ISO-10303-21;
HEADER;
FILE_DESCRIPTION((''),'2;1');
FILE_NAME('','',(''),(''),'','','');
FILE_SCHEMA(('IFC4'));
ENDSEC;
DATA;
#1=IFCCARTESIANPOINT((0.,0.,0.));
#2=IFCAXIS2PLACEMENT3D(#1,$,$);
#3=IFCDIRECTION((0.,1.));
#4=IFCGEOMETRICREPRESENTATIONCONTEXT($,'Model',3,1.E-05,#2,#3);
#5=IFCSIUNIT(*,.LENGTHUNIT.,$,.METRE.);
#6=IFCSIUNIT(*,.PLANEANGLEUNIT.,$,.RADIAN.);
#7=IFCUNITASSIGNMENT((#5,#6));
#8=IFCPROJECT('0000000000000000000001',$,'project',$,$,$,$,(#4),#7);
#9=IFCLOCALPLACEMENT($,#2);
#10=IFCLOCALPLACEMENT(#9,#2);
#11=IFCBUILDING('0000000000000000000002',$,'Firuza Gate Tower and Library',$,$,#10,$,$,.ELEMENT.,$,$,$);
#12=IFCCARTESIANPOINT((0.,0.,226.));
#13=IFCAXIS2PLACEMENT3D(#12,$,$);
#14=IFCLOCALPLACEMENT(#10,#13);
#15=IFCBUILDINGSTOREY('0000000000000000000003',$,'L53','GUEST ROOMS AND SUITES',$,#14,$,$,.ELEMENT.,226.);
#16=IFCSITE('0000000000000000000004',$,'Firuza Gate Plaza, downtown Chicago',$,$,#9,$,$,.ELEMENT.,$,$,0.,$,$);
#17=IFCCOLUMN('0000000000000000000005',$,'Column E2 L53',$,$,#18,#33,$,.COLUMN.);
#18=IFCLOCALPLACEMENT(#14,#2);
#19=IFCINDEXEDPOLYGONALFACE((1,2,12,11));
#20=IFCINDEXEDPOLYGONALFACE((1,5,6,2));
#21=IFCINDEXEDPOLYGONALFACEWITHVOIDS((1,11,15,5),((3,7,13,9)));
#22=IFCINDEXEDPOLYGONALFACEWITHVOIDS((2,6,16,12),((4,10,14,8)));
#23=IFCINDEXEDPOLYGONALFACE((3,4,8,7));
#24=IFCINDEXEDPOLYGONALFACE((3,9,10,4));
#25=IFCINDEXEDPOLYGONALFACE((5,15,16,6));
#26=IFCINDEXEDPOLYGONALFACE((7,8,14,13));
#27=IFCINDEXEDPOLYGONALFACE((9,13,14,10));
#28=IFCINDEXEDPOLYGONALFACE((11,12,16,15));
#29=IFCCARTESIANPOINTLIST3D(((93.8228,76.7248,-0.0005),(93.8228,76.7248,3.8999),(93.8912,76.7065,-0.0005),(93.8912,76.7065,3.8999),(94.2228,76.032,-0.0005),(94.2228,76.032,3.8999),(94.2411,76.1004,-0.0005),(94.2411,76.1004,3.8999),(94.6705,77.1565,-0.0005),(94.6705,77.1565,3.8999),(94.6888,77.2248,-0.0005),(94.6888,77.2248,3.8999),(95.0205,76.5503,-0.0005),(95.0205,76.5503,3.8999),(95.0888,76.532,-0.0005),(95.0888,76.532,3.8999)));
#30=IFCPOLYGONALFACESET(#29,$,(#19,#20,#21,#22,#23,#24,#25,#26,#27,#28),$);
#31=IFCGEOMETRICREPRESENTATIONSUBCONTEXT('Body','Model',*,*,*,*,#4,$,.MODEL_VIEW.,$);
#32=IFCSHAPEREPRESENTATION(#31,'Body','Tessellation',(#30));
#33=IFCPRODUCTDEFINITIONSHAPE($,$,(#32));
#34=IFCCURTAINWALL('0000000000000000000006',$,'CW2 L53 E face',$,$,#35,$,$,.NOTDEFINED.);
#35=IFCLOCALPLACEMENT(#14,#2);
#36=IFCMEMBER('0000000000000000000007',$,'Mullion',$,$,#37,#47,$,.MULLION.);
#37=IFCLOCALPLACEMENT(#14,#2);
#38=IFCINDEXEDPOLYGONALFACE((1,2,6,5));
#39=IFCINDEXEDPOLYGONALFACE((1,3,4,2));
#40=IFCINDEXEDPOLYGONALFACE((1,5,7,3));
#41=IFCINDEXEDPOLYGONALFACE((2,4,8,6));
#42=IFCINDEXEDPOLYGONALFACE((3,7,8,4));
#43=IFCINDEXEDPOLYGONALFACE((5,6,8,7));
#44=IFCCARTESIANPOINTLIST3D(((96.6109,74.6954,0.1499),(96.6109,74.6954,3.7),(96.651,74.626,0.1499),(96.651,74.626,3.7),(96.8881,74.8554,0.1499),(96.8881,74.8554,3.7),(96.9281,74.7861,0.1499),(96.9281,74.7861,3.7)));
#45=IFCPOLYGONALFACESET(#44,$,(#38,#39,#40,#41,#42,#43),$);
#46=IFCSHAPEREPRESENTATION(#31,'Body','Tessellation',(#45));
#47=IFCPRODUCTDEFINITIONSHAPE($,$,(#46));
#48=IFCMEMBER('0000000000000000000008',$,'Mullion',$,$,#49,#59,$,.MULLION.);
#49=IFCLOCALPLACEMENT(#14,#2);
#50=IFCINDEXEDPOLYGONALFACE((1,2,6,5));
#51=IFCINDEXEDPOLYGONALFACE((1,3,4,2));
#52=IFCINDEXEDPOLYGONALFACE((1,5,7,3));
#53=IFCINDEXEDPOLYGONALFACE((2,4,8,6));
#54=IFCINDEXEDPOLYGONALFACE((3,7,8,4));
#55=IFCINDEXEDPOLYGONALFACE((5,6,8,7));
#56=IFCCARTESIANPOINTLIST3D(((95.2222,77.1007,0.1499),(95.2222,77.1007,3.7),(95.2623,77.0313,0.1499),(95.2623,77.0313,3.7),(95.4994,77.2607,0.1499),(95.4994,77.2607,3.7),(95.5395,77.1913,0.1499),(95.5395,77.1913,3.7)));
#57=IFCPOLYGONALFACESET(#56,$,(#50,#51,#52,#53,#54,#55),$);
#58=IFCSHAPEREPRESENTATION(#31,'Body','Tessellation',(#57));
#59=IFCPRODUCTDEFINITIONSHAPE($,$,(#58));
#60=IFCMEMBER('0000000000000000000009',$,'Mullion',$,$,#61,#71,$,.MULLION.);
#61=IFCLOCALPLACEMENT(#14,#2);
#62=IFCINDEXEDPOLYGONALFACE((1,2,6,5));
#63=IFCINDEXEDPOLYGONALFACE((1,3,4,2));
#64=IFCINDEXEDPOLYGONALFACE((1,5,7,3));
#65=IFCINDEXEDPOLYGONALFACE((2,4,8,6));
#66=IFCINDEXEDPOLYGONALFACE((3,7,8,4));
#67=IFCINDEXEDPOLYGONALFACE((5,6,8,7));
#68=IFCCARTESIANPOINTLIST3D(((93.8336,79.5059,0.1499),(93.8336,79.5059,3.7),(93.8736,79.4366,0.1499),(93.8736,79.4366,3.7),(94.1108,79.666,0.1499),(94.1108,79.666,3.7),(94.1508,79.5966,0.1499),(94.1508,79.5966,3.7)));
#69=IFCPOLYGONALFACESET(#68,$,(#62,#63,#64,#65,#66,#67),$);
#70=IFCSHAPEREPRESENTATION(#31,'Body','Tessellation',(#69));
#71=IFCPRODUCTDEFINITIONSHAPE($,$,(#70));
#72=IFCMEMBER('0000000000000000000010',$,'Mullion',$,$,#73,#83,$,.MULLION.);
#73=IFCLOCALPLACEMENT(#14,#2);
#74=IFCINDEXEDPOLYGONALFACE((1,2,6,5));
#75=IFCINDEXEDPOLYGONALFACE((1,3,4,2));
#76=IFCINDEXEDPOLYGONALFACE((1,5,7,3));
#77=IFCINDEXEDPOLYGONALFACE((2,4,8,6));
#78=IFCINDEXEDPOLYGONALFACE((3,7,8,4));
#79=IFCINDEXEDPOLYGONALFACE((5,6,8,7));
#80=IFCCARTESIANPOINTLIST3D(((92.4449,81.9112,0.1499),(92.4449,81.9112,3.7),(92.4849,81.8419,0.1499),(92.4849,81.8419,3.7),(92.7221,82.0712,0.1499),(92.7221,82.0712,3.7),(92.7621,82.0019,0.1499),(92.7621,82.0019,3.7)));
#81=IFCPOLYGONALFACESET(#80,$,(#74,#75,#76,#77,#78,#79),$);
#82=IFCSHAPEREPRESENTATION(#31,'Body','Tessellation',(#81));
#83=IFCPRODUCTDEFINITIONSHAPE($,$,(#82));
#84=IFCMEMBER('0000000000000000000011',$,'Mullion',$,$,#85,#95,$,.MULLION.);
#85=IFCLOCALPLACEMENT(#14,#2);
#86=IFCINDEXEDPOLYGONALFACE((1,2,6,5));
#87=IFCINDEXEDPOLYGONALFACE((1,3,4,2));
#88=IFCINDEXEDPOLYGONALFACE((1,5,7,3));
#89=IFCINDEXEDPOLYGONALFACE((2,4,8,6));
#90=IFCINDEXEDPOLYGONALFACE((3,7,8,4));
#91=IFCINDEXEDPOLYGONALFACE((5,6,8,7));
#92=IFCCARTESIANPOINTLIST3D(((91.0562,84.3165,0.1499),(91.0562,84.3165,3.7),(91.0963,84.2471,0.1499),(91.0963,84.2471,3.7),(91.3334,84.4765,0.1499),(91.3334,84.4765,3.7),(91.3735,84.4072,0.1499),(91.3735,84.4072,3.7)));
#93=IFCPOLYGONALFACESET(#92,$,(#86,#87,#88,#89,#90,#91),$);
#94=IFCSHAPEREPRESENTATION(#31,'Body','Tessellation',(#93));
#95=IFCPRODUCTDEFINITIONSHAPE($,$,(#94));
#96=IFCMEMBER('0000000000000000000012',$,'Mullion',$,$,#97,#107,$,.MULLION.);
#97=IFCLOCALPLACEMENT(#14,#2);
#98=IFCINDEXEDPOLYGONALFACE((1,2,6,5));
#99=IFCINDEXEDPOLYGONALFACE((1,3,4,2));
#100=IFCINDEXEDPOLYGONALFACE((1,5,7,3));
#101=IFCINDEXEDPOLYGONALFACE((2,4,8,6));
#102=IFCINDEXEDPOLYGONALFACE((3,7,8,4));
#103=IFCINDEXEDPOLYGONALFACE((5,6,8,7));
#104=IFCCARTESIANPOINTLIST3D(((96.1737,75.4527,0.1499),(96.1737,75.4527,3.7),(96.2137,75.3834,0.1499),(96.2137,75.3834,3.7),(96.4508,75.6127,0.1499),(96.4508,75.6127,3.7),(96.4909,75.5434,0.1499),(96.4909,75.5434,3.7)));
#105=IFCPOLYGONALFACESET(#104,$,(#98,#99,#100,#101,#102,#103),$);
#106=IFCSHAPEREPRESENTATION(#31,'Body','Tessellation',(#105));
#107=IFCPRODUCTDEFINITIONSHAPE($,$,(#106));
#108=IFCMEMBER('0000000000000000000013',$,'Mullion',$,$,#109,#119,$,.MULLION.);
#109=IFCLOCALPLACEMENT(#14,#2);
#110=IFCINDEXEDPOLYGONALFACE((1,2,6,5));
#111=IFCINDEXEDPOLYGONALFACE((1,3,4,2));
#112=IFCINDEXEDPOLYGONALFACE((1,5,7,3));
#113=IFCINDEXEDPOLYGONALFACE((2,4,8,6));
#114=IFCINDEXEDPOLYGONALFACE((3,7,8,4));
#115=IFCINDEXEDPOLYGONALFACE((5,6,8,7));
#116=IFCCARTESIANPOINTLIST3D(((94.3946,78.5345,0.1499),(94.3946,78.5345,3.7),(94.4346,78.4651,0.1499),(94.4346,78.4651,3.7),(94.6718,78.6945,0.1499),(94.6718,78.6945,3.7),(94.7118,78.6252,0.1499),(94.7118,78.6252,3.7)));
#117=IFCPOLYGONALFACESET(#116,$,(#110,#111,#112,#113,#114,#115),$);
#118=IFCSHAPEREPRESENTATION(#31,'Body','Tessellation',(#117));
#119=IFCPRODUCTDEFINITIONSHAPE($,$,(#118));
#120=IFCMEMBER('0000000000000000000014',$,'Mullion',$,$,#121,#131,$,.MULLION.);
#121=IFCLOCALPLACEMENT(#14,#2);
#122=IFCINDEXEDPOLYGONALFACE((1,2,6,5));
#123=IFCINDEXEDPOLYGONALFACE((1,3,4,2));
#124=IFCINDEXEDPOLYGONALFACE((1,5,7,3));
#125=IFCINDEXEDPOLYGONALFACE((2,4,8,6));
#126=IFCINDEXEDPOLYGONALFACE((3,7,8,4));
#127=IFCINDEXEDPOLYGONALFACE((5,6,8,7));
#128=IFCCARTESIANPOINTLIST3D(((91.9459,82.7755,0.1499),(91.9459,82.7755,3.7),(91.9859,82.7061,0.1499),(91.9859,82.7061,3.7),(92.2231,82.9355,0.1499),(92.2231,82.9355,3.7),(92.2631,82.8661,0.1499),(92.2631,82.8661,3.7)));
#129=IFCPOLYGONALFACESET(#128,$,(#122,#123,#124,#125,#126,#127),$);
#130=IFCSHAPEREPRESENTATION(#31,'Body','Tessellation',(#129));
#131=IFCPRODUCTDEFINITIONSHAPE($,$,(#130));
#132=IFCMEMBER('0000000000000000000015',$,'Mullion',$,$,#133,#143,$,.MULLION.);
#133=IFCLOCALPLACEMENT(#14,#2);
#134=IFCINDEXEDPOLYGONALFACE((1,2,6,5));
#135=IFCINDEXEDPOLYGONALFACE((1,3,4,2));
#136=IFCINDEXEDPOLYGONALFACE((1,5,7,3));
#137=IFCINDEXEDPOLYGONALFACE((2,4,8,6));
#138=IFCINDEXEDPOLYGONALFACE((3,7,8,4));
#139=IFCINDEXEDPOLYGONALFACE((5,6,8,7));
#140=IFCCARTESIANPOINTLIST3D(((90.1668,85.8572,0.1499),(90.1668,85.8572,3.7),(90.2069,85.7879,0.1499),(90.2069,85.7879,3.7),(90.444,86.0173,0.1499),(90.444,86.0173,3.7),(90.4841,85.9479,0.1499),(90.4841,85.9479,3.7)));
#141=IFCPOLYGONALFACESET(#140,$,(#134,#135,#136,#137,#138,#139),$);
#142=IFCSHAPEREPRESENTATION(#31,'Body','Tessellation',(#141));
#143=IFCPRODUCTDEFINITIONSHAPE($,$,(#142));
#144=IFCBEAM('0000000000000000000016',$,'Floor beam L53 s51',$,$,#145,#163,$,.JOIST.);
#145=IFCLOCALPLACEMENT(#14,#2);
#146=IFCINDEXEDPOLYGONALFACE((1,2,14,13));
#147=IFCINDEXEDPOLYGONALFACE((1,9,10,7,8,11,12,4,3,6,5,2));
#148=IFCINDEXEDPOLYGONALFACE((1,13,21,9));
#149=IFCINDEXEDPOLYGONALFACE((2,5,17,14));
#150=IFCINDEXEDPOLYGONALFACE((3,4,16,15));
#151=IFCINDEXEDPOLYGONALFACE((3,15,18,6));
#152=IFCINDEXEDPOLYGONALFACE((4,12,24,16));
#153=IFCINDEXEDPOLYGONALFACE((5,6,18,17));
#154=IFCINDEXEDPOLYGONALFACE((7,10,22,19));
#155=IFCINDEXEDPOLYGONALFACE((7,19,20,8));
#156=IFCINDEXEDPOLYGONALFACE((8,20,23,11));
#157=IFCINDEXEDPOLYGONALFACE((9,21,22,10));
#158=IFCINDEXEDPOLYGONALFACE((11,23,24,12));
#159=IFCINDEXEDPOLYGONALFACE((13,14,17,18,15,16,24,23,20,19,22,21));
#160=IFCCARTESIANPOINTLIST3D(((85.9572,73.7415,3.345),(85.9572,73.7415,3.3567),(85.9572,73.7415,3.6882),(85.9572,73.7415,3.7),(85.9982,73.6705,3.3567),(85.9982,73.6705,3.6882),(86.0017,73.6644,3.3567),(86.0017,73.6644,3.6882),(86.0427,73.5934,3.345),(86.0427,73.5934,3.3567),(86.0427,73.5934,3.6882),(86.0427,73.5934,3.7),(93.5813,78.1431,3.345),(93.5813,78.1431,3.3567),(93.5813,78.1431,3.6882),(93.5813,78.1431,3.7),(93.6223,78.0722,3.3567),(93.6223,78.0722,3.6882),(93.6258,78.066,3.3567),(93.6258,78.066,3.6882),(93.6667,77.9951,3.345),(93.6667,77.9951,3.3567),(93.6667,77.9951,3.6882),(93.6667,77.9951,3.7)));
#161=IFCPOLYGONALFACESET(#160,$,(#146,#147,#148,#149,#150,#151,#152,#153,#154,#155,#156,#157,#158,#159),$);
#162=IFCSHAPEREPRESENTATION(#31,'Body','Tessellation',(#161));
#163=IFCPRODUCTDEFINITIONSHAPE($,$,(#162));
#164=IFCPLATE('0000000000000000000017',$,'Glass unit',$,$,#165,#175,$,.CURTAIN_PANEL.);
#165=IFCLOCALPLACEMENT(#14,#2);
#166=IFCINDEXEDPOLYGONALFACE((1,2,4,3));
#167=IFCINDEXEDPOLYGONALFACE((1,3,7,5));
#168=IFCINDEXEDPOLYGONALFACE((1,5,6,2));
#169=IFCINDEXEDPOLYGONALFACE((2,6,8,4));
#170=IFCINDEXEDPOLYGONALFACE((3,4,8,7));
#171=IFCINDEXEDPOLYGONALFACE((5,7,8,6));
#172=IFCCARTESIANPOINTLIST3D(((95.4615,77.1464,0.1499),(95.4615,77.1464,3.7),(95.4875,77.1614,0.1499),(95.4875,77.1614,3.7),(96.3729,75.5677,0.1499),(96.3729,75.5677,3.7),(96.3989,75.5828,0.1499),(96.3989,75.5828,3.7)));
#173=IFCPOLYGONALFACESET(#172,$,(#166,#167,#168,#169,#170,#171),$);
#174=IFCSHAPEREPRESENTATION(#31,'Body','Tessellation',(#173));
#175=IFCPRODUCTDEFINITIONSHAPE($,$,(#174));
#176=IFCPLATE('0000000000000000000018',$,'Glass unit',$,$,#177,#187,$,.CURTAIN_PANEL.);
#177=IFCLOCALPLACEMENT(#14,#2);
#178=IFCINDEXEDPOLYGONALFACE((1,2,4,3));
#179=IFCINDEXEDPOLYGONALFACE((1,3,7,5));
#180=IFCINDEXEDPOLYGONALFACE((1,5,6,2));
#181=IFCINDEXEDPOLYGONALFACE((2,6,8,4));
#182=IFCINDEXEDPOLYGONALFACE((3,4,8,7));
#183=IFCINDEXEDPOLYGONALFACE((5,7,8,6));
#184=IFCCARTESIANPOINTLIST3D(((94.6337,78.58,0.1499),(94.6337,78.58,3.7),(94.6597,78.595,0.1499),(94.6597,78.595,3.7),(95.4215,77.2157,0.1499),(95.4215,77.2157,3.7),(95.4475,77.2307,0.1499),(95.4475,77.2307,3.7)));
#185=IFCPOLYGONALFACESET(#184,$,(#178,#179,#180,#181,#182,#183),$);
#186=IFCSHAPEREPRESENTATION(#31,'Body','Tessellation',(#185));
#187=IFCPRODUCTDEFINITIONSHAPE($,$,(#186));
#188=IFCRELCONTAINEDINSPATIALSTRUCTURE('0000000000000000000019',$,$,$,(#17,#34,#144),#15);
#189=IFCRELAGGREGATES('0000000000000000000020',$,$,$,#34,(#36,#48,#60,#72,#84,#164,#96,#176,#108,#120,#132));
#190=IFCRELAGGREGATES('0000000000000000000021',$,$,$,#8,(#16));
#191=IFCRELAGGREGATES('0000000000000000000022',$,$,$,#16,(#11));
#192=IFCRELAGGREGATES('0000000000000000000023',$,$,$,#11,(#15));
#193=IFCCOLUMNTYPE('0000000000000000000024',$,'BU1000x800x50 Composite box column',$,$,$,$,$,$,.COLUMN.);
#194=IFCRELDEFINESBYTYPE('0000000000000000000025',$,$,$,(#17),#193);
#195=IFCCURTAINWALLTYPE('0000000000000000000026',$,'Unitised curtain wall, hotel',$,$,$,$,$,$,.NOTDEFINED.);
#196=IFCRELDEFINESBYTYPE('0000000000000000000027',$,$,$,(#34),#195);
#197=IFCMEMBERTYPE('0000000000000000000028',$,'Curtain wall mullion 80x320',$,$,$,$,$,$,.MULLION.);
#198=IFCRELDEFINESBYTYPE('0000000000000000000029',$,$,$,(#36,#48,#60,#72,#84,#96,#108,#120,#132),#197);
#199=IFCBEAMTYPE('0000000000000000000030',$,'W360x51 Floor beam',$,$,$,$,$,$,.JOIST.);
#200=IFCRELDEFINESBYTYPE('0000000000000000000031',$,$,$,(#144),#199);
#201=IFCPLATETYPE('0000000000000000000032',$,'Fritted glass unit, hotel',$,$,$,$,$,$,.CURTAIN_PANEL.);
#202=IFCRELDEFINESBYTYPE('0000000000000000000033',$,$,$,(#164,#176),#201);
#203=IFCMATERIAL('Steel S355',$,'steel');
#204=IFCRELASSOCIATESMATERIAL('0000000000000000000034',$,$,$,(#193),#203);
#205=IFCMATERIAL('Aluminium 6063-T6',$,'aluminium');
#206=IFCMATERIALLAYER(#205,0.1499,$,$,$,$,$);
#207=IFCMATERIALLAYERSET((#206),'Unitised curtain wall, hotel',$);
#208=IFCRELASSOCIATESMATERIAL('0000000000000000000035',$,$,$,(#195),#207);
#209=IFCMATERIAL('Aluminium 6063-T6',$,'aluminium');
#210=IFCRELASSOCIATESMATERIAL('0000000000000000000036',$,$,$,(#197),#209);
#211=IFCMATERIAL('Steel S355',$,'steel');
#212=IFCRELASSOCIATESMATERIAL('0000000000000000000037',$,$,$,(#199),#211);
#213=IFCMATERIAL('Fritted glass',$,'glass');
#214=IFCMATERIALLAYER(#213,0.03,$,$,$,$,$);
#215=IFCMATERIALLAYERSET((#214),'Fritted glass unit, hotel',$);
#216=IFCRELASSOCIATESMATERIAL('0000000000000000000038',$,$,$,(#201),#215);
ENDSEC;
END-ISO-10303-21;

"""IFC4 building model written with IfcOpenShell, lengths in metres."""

from ifc_helpers import new_model, si_unit, direction, frame, origin, origin_2d, place, context, subcontext, project, spatial, polyline, rectangle, hollow_rectangle, i_section, outline, extrude, material, layer, layer_set, material_profile, profile_set, type_object, element, aggregate, save


model = new_model("IFC4")

# Units and contexts
model_context = context("Model", 3, precision=1e-05, world=origin(), true_north=direction((0.0, 1.0)))
body_context = subcontext(model_context, "Body", "Model", "MODEL_VIEW")
ifc_project = project(units=[si_unit("LENGTHUNIT", "METRE"), si_unit("PLANEANGLEUNIT", "RADIAN")], contexts=[model_context])

# Site, building, storey
site_placement = place(None, origin())
site = spatial("IfcSite", under=ifc_project, at=site_placement, Name="Firuza Gate Plaza, downtown Chicago", CompositionType="ELEMENT", RefElevation=0.0)
building_placement = place(site_placement, origin())
building = spatial("IfcBuilding", under=site, at=building_placement, Name="Firuza Gate Tower and Library", CompositionType="ELEMENT")
storey_placement = place(building_placement, frame((0.0, 0.0, 226.0)))
storey = spatial("IfcBuildingStorey", under=building, at=storey_placement, Name="L53", Description="GUEST ROOMS AND SUITES", CompositionType="ELEMENT", Elevation=226.0)

# Column
ifc_material_1 = material(Name="Steel S355", Category="steel")
ifc_material_profile_1 = material_profile(ifc_material_1, hollow_rectangle(XDim=0.8, YDim=1.0, WallThickness=0.05, at=origin_2d()))
ifc_profile_set_1 = profile_set([ifc_material_profile_1], Name="Steel S355")
column_type = type_object("IfcColumnType", Name="BU1000x800x50 Composite box column", PredefinedType="COLUMN", material=ifc_profile_set_1)
column_placement = place(storey_placement, frame((94.4558, 76.6284, -0.0005), z_axis=(0.0, 0.0, 1.0), x_axis=(-0.5, 0.866025, 0.0)))
element("IfcColumn", 1, at=column_placement, inside=storey, type_object=column_type, Name="Column E2 L53", PredefinedType="COLUMN", context=body_context, shape_type="SweptSolid", body=[
    extrude(hollow_rectangle(XDim=0.8, YDim=1.0, WallThickness=0.05, at=origin_2d()), origin(), (0.0, 0.0, 1.0), 3.9004),
])

# Curtain wall, members
ifc_material_2 = material(Name="Aluminium 6063-T6", Category="aluminium")
ifc_layer_1 = layer(ifc_material_2, 0.1499)
ifc_layer_set_1 = layer_set([ifc_layer_1], Name="Unitised curtain wall, hotel")
curtain_wall_type = type_object("IfcCurtainWallType", Name="Unitised curtain wall, hotel", PredefinedType="NOTDEFINED", material=ifc_layer_set_1)
curtain_wall_placement = place(storey_placement, origin())
curtain_wall = element("IfcCurtainWall", 2, at=curtain_wall_placement, inside=storey, type_object=curtain_wall_type, Name="CW2 L53 E face", PredefinedType="NOTDEFINED")
ifc_material_3 = material(Name="Aluminium 6063-T6", Category="aluminium")
ifc_material_profile_2 = material_profile(ifc_material_3, rectangle(XDim=0.3201, YDim=0.0801, at=origin_2d()))
ifc_profile_set_2 = profile_set([ifc_material_profile_2], Name="Aluminium 6063-T6")
member_type = type_object("IfcMemberType", Name="Curtain wall mullion 80x320", PredefinedType="MULLION", material=ifc_profile_set_2)
member_1_placement = place(storey_placement, frame((96.7695, 74.7407, 0.1499), z_axis=(0.0, 0.0, 1.0), x_axis=(-0.866025, -0.5, 0.0)))
member_1 = element("IfcMember", 3, at=member_1_placement, type_object=member_type, Name="Mullion", PredefinedType="MULLION", context=body_context, shape_type="SweptSolid", body=[
    extrude(rectangle(XDim=0.3201, YDim=0.0801, at=origin_2d()), origin(), (0.0, 0.0, 1.0), 3.55),
])
member_2_placement = place(storey_placement, frame((95.3809, 77.146, 0.1499), z_axis=(0.0, 0.0, 1.0), x_axis=(-0.866025, -0.5, 0.0)))
member_2 = element("IfcMember", 4, at=member_2_placement, type_object=member_type, Name="Mullion", PredefinedType="MULLION", context=body_context, shape_type="SweptSolid", body=[
    extrude(rectangle(XDim=0.3201, YDim=0.0801, at=origin_2d()), origin(), (0.0, 0.0, 1.0), 3.55),
])
member_3_placement = place(storey_placement, frame((93.9922, 79.5513, 0.1499), z_axis=(0.0, 0.0, 1.0), x_axis=(-0.866025, -0.5, 0.0)))
member_3 = element("IfcMember", 5, at=member_3_placement, type_object=member_type, Name="Mullion", PredefinedType="MULLION", context=body_context, shape_type="SweptSolid", body=[
    extrude(rectangle(XDim=0.3201, YDim=0.0801, at=origin_2d()), origin(), (0.0, 0.0, 1.0), 3.55),
])
member_4_placement = place(storey_placement, frame((92.6035, 81.9565, 0.1499), z_axis=(0.0, 0.0, 1.0), x_axis=(-0.866025, -0.5, 0.0)))
member_4 = element("IfcMember", 6, at=member_4_placement, type_object=member_type, Name="Mullion", PredefinedType="MULLION", context=body_context, shape_type="SweptSolid", body=[
    extrude(rectangle(XDim=0.3201, YDim=0.0801, at=origin_2d()), origin(), (0.0, 0.0, 1.0), 3.55),
])
member_5_placement = place(storey_placement, frame((91.2148, 84.3618, 0.1499), z_axis=(0.0, 0.0, 1.0), x_axis=(-0.866025, -0.5, 0.0)))
member_5 = element("IfcMember", 7, at=member_5_placement, type_object=member_type, Name="Mullion", PredefinedType="MULLION", context=body_context, shape_type="SweptSolid", body=[
    extrude(rectangle(XDim=0.3201, YDim=0.0801, at=origin_2d()), origin(), (0.0, 0.0, 1.0), 3.55),
])
member_6_placement = place(storey_placement, frame((96.3323, 75.498, 0.1499), z_axis=(0.0, 0.0, 1.0), x_axis=(-0.866025, -0.5, 0.0)))
member_6 = element("IfcMember", 8, at=member_6_placement, type_object=member_type, Name="Mullion", PredefinedType="MULLION", context=body_context, shape_type="SweptSolid", body=[
    extrude(rectangle(XDim=0.3201, YDim=0.0801, at=origin_2d()), origin(), (0.0, 0.0, 1.0), 3.55),
])
member_7_placement = place(storey_placement, frame((94.5532, 78.5798, 0.1499), z_axis=(0.0, 0.0, 1.0), x_axis=(-0.866025, -0.5, 0.0)))
member_7 = element("IfcMember", 9, at=member_7_placement, type_object=member_type, Name="Mullion", PredefinedType="MULLION", context=body_context, shape_type="SweptSolid", body=[
    extrude(rectangle(XDim=0.3201, YDim=0.0801, at=origin_2d()), origin(), (0.0, 0.0, 1.0), 3.55),
])
member_8_placement = place(storey_placement, frame((92.1045, 82.8208, 0.1499), z_axis=(0.0, 0.0, 1.0), x_axis=(-0.866025, -0.5, 0.0)))
member_8 = element("IfcMember", 10, at=member_8_placement, type_object=member_type, Name="Mullion", PredefinedType="MULLION", context=body_context, shape_type="SweptSolid", body=[
    extrude(rectangle(XDim=0.3201, YDim=0.0801, at=origin_2d()), origin(), (0.0, 0.0, 1.0), 3.55),
])
member_9_placement = place(storey_placement, frame((90.3254, 85.9026, 0.1499), z_axis=(0.0, 0.0, 1.0), x_axis=(-0.866025, -0.5, 0.0)))
member_9 = element("IfcMember", 11, at=member_9_placement, type_object=member_type, Name="Mullion", PredefinedType="MULLION", context=body_context, shape_type="SweptSolid", body=[
    extrude(rectangle(XDim=0.3201, YDim=0.0801, at=origin_2d()), origin(), (0.0, 0.0, 1.0), 3.55),
])

# Beam
ifc_material_4 = material(Name="Steel S355", Category="steel")
ifc_material_profile_3 = material_profile(ifc_material_4, i_section(OverallWidth=0.1709, OverallDepth=0.355, WebThickness=0.0071, FlangeThickness=0.0117, at=origin_2d()))
ifc_profile_set_3 = profile_set([ifc_material_profile_3], Name="Steel S355")
beam_type = type_object("IfcBeamType", Name="W360x51 Floor beam", PredefinedType="JOIST", material=ifc_profile_set_3)
beam_placement = place(storey_placement, frame((93.624, 78.0691, 3.5225), z_axis=(-0.866031, -0.49999, 0.0), x_axis=(0.49999, -0.866031, 0.0)))
element("IfcBeam", 12, at=beam_placement, inside=storey, type_object=beam_type, Name="Floor beam L53 s51", PredefinedType="JOIST", context=body_context, shape_type="SweptSolid", body=[
    extrude(i_section(OverallWidth=0.1709, OverallDepth=0.355, WebThickness=0.0071, FlangeThickness=0.0117, at=origin_2d()), origin(), (0.0, 0.0, 1.0), 8.8035),
])

# Plates
ifc_material_5 = material(Name="Fritted glass", Category="glass")
ifc_layer_2 = layer(ifc_material_5, 0.03)
ifc_layer_set_2 = layer_set([ifc_layer_2], Name="Fritted glass unit, hotel")
plate_type_1 = type_object("IfcPlateType", Name="Fritted glass unit, hotel", PredefinedType="CURTAIN_PANEL", material=ifc_layer_set_2)
plate_1_placement = place(storey_placement, frame((96.3989, 75.5828, 0.1499), z_axis=(0.866034, 0.499985, 0.0), x_axis=(-0.499985, 0.866034, 0.0)))
plate_1 = element("IfcPlate", 13, at=plate_1_placement, type_object=plate_type_1, Name="Glass unit", PredefinedType="CURTAIN_PANEL", context=body_context, shape_type="SweptSolid", body=[
    extrude(outline(polyline([(0.0, 0.0), (1.8228, 0.0), (1.8228, 3.55), (0.0, 3.55), (0.0, 0.0)])), origin(), (0.0, 0.0, -1.0), 0.03),
])
plate_2_placement = place(storey_placement, frame((95.4475, 77.2307, 0.1499), z_axis=(0.865974, 0.500089, 0.0), x_axis=(-0.500089, 0.865974, 0.0)))
plate_2 = element("IfcPlate", 14, at=plate_2_placement, type_object=plate_type_1, Name="Glass unit", PredefinedType="CURTAIN_PANEL", context=body_context, shape_type="SweptSolid", body=[
    extrude(outline(polyline([(0.0, 0.0), (1.5754, 0.0), (1.5754, 3.55), (0.0, 3.55), (0.0, 0.0)])), origin(), (0.0, 0.0, -1.0), 0.03),
])
aggregate(curtain_wall, [member_1, member_2, member_3, member_4, member_5, plate_1, member_6, plate_2, member_7, member_8, member_9])

save(model, "model.ifc")
